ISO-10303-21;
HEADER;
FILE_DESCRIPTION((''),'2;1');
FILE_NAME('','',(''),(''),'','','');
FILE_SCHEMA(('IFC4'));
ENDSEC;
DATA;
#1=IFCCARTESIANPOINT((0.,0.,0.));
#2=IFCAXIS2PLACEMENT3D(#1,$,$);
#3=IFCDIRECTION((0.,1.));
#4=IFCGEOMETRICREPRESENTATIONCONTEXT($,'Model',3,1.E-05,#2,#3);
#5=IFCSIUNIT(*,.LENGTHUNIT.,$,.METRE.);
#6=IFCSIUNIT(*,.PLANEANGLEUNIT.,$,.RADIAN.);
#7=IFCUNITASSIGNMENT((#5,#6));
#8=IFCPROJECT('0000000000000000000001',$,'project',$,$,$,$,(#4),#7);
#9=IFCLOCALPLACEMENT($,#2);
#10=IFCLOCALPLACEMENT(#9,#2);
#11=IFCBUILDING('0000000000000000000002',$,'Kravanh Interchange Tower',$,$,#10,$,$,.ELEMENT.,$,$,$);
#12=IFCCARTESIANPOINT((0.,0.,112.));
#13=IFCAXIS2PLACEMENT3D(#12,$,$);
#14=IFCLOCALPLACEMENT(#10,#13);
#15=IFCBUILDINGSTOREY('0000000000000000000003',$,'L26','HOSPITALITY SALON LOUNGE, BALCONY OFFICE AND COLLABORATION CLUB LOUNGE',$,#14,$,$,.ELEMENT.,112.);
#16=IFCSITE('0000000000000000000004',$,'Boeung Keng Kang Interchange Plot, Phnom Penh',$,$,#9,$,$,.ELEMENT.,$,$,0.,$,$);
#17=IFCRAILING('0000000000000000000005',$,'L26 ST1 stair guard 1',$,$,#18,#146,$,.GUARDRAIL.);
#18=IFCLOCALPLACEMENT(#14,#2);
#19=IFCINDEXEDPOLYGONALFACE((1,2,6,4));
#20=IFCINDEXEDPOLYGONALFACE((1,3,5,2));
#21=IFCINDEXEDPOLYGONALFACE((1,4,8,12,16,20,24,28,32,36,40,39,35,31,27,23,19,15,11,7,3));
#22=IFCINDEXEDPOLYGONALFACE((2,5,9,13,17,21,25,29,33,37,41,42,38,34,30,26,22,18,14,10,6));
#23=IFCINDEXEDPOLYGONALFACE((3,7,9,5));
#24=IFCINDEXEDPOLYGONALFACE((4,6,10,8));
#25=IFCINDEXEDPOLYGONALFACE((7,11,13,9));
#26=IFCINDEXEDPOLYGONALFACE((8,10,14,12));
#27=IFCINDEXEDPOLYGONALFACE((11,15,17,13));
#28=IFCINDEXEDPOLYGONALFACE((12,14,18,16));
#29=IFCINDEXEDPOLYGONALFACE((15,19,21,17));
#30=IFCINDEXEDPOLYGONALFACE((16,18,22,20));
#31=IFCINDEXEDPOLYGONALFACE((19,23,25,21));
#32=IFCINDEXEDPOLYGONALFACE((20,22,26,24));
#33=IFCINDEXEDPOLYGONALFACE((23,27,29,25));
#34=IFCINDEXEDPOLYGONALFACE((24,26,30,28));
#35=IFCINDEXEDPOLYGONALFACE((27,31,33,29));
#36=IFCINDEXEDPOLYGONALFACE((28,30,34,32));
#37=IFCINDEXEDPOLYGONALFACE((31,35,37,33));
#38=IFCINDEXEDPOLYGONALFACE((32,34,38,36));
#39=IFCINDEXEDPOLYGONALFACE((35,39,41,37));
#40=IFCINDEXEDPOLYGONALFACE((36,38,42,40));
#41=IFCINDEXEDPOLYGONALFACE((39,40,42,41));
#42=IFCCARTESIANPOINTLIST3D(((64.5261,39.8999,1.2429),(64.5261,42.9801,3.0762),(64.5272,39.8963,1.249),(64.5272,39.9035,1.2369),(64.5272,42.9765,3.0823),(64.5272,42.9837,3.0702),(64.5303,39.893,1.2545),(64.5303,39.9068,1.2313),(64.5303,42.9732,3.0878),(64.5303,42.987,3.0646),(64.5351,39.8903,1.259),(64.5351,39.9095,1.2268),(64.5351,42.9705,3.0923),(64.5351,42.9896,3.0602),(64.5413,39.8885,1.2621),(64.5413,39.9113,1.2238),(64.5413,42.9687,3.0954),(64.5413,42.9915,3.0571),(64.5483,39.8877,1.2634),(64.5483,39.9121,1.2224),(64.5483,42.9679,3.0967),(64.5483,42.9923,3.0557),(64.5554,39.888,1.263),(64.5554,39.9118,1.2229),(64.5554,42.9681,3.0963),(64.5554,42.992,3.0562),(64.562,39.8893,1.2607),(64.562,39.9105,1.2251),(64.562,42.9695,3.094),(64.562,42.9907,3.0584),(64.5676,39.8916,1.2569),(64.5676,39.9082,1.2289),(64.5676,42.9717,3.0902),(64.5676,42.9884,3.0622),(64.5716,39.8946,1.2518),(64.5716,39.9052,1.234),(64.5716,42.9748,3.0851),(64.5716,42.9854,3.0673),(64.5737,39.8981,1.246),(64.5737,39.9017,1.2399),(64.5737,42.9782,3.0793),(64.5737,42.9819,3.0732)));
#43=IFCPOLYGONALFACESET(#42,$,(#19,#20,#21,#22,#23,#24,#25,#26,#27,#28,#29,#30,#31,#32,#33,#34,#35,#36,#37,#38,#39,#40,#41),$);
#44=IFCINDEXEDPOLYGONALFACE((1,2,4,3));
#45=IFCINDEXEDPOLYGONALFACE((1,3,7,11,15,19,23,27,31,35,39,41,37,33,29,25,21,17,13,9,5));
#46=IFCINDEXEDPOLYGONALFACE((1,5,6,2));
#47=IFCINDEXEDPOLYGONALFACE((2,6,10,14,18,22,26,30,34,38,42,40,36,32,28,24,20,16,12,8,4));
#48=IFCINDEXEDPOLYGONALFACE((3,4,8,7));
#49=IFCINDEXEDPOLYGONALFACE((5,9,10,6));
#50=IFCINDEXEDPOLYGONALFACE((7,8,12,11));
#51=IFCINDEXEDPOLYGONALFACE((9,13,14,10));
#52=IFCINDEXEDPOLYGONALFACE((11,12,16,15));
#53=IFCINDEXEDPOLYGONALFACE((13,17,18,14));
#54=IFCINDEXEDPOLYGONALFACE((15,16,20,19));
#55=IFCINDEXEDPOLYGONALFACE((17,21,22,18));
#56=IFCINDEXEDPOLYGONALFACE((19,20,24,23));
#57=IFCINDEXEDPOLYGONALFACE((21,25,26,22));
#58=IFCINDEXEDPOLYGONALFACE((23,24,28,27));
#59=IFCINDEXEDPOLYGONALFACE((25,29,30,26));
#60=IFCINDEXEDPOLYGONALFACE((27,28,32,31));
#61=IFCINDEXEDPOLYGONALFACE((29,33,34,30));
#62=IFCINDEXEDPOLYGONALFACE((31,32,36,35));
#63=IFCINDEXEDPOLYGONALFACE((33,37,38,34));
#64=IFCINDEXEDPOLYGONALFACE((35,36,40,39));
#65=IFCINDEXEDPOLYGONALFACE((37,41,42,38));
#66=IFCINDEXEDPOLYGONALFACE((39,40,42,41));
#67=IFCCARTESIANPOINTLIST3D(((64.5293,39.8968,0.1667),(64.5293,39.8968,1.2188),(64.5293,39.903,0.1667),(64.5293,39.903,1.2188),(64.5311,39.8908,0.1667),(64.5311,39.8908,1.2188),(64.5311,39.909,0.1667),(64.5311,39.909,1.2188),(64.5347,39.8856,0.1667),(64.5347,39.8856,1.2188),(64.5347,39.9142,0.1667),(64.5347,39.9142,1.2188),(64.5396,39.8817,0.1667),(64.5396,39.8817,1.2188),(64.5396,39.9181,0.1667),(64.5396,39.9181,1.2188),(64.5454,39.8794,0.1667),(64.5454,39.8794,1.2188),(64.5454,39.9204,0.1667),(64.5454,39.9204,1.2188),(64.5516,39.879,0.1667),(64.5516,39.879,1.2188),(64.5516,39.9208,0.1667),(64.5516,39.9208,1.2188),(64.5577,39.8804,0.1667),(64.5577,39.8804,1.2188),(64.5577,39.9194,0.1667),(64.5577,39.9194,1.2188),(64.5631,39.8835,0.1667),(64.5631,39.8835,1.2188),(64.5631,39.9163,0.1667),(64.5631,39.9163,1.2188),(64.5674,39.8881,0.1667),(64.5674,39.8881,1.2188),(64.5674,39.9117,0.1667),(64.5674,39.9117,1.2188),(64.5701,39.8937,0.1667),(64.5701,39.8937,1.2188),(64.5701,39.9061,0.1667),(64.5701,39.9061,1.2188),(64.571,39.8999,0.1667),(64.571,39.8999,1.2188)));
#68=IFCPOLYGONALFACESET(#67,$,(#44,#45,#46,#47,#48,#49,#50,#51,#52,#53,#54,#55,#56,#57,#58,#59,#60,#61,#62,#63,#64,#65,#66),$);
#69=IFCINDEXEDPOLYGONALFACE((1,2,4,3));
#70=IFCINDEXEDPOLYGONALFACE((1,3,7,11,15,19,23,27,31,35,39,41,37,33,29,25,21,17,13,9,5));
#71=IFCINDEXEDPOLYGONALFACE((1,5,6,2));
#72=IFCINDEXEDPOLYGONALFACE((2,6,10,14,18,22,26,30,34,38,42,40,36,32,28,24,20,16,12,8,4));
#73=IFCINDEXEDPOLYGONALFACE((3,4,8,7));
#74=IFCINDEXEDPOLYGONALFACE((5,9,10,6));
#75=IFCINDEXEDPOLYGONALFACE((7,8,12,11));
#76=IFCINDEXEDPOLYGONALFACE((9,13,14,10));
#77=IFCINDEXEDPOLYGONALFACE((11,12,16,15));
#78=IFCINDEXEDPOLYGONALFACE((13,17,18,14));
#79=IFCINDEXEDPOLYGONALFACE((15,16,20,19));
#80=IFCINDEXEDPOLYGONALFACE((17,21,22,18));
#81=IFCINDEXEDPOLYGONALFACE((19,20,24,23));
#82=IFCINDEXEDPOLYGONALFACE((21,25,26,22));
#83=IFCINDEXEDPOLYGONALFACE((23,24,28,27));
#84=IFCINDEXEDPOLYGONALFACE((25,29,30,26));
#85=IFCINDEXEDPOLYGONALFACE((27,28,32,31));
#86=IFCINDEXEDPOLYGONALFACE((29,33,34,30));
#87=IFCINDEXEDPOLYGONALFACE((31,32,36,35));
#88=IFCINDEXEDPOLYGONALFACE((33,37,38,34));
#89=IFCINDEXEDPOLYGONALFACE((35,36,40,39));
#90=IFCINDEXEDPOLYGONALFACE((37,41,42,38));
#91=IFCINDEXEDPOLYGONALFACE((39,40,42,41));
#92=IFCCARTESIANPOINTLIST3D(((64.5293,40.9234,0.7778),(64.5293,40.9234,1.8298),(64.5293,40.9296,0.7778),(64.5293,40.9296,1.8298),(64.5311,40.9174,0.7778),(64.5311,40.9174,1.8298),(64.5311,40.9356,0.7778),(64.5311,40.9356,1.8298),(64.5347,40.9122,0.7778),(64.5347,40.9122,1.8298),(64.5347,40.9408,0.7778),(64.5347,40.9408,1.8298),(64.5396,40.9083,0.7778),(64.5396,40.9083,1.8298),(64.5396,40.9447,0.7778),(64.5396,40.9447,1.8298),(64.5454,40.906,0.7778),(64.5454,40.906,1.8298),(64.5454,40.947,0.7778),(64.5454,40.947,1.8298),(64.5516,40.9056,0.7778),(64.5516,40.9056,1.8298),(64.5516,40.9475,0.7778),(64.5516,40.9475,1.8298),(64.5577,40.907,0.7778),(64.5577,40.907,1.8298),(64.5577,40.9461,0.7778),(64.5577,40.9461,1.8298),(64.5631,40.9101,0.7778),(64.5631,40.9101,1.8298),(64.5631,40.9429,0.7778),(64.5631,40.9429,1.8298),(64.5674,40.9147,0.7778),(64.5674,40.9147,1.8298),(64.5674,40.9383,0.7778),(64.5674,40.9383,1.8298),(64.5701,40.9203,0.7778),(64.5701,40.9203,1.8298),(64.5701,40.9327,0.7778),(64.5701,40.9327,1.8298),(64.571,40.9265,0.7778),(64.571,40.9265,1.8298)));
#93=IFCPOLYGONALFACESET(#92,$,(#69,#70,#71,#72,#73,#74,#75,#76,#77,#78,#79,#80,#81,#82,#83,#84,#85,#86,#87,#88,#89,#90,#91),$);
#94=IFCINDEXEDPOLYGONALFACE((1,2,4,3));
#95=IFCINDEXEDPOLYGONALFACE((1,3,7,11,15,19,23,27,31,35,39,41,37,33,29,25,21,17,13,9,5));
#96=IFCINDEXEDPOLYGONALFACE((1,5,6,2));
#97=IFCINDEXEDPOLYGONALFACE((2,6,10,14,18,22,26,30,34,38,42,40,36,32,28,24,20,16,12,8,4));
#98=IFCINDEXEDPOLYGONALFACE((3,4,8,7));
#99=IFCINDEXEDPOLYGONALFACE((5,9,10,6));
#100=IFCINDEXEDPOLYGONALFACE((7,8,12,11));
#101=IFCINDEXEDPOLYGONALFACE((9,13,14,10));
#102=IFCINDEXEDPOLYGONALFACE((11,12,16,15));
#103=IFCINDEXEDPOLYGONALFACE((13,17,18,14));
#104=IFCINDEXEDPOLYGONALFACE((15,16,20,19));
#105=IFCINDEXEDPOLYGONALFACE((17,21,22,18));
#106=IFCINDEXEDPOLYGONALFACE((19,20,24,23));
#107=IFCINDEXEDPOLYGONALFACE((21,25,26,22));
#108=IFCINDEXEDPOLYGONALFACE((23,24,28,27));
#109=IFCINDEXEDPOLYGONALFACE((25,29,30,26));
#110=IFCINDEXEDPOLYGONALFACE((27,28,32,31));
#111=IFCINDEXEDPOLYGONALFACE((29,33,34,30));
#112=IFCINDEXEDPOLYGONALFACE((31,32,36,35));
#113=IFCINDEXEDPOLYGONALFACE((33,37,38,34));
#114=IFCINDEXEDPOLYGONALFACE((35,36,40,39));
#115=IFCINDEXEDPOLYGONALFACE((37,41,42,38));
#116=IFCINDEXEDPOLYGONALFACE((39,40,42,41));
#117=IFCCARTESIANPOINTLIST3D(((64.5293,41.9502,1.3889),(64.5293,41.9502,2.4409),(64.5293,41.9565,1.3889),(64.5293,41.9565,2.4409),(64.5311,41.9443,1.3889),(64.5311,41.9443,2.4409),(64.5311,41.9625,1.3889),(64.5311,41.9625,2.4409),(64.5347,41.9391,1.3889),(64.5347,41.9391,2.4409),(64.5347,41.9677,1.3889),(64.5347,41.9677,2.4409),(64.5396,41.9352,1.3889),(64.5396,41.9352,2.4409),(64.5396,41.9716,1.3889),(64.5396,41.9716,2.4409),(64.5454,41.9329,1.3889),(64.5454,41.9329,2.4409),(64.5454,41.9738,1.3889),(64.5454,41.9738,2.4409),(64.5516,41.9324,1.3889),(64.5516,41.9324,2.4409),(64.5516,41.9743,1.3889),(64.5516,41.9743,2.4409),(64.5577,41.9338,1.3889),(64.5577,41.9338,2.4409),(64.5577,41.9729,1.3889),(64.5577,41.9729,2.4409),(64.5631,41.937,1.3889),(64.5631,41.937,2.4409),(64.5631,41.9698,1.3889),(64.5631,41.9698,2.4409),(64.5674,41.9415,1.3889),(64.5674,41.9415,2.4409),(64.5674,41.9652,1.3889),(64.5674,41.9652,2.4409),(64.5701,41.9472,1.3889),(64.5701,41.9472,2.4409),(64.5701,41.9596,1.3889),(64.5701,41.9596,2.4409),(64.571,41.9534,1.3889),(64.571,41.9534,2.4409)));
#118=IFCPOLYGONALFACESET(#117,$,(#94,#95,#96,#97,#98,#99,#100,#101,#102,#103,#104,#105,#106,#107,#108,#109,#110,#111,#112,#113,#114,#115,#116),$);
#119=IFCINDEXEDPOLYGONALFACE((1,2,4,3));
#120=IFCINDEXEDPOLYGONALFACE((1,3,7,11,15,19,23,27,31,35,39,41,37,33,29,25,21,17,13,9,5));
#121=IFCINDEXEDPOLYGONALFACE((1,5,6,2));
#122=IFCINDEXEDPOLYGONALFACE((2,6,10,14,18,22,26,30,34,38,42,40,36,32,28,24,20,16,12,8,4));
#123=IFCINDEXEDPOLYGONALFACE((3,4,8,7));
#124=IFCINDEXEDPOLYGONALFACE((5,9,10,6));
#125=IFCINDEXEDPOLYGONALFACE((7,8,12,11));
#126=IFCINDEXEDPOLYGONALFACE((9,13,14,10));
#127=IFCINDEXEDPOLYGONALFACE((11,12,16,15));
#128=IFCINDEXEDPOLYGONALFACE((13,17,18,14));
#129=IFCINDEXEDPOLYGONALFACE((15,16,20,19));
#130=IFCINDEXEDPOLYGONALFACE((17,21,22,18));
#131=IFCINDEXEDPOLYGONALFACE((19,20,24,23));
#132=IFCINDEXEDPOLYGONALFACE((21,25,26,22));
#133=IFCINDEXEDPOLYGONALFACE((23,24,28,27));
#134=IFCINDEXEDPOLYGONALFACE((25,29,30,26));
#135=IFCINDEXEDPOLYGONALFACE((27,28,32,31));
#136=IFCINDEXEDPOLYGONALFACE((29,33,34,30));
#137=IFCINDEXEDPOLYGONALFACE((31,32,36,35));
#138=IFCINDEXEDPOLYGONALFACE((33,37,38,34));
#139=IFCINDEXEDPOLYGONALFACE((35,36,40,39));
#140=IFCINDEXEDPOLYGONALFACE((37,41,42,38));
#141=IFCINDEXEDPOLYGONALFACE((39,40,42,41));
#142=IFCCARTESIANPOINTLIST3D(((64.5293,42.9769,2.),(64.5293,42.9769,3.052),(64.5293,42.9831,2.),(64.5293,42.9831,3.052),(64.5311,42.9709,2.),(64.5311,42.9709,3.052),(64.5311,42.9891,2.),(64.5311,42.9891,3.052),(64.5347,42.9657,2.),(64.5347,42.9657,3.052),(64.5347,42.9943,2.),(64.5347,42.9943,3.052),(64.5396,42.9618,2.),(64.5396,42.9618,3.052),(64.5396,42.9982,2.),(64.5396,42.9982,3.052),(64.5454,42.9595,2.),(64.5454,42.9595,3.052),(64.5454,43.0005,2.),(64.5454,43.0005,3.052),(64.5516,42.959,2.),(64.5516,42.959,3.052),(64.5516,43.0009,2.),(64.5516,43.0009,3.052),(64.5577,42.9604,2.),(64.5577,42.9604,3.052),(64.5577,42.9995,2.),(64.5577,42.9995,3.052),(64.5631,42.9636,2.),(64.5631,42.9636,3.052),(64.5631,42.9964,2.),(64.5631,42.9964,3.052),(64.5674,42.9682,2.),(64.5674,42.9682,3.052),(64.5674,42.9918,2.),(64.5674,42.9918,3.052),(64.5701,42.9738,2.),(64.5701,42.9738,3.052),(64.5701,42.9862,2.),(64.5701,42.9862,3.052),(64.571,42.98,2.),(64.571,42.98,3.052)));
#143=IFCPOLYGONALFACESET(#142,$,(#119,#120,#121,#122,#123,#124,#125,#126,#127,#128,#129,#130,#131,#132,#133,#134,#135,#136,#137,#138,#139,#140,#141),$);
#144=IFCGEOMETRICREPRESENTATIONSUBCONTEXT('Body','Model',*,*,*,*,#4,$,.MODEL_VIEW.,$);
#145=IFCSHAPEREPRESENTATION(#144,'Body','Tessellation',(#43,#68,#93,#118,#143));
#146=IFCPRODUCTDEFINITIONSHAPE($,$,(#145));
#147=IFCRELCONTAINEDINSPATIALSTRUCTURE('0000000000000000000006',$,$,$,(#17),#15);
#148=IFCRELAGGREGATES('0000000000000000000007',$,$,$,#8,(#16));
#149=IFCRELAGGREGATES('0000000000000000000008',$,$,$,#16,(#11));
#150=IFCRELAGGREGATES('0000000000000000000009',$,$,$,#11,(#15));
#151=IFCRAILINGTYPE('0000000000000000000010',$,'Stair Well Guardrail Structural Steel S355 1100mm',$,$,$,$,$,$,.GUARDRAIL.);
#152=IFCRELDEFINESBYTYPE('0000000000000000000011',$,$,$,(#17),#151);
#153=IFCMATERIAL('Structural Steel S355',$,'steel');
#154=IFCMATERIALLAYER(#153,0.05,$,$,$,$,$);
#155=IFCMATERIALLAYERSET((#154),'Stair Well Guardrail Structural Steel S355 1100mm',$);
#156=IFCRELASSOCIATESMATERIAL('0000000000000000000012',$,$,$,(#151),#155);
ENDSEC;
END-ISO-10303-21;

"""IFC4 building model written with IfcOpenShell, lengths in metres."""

from ifc_helpers import new_model, si_unit, direction, frame, origin, origin_2d, place, context, subcontext, project, spatial, circle, extrude, material, layer, layer_set, type_object, element, save


model = new_model("IFC4")

# Units and contexts
model_context = context("Model", 3, precision=1e-05, world=origin(), true_north=direction((0.0, 1.0)))
body_context = subcontext(model_context, "Body", "Model", "MODEL_VIEW")
ifc_project = project(units=[si_unit("LENGTHUNIT", "METRE"), si_unit("PLANEANGLEUNIT", "RADIAN")], contexts=[model_context])

# Site, building, storey
site_placement = place(None, origin())
site = spatial("IfcSite", under=ifc_project, at=site_placement, Name="Boeung Keng Kang Interchange Plot, Phnom Penh", CompositionType="ELEMENT", RefElevation=0.0)
building_placement = place(site_placement, origin())
building = spatial("IfcBuilding", under=site, at=building_placement, Name="Kravanh Interchange Tower", CompositionType="ELEMENT")
storey_placement = place(building_placement, frame((0.0, 0.0, 112.0)))
storey = spatial("IfcBuildingStorey", under=building, at=storey_placement, Name="L26", Description="HOSPITALITY SALON LOUNGE, BALCONY OFFICE AND COLLABORATION CLUB LOUNGE", CompositionType="ELEMENT", Elevation=112.0)

# Railing
ifc_material_1 = material(Name="Structural Steel S355", Category="steel")
ifc_layer_1 = layer(ifc_material_1, 0.05)
ifc_layer_set_1 = layer_set([ifc_layer_1], Name="Stair Well Guardrail Structural Steel S355 1100mm")
railing_type_1 = type_object("IfcRailingType", Name="Stair Well Guardrail Structural Steel S355 1100mm", PredefinedType="GUARDRAIL", material=ifc_layer_set_1)
railing_1_placement = place(storey_placement, frame((64.55, 39.8999, 0.1667)))
element("IfcRailing", 1, at=railing_1_placement, inside=storey, type_object=railing_type_1, Name="L26 ST1 stair guard 1", PredefinedType="GUARDRAIL", context=body_context, shape_type="SweptSolid", body=[
    extrude(circle(Radius=0.0239, at=origin_2d()), frame((0.0, 0.0, 1.0762), z_axis=(0.0, 0.859309, 0.511458), x_axis=(-1.0, 0.0, 0.0)), (0.0, 0.0, 1.0), 3.5845),
    extrude(circle(Radius=0.021, at=origin_2d()), origin(), (0.0, 0.0, 1.0), 1.052),
    extrude(circle(Radius=0.021, at=origin_2d()), frame((0.0, 1.0266, 0.6111)), (0.0, 0.0, 1.0), 1.052),
    extrude(circle(Radius=0.021, at=origin_2d()), frame((0.0, 2.0535, 1.2222)), (0.0, 0.0, 1.0), 1.052),
    extrude(circle(Radius=0.021, at=origin_2d()), frame((0.0, 3.0801, 1.8333)), (0.0, 0.0, 1.0), 1.052),
])

save(model, "model.ifc")
